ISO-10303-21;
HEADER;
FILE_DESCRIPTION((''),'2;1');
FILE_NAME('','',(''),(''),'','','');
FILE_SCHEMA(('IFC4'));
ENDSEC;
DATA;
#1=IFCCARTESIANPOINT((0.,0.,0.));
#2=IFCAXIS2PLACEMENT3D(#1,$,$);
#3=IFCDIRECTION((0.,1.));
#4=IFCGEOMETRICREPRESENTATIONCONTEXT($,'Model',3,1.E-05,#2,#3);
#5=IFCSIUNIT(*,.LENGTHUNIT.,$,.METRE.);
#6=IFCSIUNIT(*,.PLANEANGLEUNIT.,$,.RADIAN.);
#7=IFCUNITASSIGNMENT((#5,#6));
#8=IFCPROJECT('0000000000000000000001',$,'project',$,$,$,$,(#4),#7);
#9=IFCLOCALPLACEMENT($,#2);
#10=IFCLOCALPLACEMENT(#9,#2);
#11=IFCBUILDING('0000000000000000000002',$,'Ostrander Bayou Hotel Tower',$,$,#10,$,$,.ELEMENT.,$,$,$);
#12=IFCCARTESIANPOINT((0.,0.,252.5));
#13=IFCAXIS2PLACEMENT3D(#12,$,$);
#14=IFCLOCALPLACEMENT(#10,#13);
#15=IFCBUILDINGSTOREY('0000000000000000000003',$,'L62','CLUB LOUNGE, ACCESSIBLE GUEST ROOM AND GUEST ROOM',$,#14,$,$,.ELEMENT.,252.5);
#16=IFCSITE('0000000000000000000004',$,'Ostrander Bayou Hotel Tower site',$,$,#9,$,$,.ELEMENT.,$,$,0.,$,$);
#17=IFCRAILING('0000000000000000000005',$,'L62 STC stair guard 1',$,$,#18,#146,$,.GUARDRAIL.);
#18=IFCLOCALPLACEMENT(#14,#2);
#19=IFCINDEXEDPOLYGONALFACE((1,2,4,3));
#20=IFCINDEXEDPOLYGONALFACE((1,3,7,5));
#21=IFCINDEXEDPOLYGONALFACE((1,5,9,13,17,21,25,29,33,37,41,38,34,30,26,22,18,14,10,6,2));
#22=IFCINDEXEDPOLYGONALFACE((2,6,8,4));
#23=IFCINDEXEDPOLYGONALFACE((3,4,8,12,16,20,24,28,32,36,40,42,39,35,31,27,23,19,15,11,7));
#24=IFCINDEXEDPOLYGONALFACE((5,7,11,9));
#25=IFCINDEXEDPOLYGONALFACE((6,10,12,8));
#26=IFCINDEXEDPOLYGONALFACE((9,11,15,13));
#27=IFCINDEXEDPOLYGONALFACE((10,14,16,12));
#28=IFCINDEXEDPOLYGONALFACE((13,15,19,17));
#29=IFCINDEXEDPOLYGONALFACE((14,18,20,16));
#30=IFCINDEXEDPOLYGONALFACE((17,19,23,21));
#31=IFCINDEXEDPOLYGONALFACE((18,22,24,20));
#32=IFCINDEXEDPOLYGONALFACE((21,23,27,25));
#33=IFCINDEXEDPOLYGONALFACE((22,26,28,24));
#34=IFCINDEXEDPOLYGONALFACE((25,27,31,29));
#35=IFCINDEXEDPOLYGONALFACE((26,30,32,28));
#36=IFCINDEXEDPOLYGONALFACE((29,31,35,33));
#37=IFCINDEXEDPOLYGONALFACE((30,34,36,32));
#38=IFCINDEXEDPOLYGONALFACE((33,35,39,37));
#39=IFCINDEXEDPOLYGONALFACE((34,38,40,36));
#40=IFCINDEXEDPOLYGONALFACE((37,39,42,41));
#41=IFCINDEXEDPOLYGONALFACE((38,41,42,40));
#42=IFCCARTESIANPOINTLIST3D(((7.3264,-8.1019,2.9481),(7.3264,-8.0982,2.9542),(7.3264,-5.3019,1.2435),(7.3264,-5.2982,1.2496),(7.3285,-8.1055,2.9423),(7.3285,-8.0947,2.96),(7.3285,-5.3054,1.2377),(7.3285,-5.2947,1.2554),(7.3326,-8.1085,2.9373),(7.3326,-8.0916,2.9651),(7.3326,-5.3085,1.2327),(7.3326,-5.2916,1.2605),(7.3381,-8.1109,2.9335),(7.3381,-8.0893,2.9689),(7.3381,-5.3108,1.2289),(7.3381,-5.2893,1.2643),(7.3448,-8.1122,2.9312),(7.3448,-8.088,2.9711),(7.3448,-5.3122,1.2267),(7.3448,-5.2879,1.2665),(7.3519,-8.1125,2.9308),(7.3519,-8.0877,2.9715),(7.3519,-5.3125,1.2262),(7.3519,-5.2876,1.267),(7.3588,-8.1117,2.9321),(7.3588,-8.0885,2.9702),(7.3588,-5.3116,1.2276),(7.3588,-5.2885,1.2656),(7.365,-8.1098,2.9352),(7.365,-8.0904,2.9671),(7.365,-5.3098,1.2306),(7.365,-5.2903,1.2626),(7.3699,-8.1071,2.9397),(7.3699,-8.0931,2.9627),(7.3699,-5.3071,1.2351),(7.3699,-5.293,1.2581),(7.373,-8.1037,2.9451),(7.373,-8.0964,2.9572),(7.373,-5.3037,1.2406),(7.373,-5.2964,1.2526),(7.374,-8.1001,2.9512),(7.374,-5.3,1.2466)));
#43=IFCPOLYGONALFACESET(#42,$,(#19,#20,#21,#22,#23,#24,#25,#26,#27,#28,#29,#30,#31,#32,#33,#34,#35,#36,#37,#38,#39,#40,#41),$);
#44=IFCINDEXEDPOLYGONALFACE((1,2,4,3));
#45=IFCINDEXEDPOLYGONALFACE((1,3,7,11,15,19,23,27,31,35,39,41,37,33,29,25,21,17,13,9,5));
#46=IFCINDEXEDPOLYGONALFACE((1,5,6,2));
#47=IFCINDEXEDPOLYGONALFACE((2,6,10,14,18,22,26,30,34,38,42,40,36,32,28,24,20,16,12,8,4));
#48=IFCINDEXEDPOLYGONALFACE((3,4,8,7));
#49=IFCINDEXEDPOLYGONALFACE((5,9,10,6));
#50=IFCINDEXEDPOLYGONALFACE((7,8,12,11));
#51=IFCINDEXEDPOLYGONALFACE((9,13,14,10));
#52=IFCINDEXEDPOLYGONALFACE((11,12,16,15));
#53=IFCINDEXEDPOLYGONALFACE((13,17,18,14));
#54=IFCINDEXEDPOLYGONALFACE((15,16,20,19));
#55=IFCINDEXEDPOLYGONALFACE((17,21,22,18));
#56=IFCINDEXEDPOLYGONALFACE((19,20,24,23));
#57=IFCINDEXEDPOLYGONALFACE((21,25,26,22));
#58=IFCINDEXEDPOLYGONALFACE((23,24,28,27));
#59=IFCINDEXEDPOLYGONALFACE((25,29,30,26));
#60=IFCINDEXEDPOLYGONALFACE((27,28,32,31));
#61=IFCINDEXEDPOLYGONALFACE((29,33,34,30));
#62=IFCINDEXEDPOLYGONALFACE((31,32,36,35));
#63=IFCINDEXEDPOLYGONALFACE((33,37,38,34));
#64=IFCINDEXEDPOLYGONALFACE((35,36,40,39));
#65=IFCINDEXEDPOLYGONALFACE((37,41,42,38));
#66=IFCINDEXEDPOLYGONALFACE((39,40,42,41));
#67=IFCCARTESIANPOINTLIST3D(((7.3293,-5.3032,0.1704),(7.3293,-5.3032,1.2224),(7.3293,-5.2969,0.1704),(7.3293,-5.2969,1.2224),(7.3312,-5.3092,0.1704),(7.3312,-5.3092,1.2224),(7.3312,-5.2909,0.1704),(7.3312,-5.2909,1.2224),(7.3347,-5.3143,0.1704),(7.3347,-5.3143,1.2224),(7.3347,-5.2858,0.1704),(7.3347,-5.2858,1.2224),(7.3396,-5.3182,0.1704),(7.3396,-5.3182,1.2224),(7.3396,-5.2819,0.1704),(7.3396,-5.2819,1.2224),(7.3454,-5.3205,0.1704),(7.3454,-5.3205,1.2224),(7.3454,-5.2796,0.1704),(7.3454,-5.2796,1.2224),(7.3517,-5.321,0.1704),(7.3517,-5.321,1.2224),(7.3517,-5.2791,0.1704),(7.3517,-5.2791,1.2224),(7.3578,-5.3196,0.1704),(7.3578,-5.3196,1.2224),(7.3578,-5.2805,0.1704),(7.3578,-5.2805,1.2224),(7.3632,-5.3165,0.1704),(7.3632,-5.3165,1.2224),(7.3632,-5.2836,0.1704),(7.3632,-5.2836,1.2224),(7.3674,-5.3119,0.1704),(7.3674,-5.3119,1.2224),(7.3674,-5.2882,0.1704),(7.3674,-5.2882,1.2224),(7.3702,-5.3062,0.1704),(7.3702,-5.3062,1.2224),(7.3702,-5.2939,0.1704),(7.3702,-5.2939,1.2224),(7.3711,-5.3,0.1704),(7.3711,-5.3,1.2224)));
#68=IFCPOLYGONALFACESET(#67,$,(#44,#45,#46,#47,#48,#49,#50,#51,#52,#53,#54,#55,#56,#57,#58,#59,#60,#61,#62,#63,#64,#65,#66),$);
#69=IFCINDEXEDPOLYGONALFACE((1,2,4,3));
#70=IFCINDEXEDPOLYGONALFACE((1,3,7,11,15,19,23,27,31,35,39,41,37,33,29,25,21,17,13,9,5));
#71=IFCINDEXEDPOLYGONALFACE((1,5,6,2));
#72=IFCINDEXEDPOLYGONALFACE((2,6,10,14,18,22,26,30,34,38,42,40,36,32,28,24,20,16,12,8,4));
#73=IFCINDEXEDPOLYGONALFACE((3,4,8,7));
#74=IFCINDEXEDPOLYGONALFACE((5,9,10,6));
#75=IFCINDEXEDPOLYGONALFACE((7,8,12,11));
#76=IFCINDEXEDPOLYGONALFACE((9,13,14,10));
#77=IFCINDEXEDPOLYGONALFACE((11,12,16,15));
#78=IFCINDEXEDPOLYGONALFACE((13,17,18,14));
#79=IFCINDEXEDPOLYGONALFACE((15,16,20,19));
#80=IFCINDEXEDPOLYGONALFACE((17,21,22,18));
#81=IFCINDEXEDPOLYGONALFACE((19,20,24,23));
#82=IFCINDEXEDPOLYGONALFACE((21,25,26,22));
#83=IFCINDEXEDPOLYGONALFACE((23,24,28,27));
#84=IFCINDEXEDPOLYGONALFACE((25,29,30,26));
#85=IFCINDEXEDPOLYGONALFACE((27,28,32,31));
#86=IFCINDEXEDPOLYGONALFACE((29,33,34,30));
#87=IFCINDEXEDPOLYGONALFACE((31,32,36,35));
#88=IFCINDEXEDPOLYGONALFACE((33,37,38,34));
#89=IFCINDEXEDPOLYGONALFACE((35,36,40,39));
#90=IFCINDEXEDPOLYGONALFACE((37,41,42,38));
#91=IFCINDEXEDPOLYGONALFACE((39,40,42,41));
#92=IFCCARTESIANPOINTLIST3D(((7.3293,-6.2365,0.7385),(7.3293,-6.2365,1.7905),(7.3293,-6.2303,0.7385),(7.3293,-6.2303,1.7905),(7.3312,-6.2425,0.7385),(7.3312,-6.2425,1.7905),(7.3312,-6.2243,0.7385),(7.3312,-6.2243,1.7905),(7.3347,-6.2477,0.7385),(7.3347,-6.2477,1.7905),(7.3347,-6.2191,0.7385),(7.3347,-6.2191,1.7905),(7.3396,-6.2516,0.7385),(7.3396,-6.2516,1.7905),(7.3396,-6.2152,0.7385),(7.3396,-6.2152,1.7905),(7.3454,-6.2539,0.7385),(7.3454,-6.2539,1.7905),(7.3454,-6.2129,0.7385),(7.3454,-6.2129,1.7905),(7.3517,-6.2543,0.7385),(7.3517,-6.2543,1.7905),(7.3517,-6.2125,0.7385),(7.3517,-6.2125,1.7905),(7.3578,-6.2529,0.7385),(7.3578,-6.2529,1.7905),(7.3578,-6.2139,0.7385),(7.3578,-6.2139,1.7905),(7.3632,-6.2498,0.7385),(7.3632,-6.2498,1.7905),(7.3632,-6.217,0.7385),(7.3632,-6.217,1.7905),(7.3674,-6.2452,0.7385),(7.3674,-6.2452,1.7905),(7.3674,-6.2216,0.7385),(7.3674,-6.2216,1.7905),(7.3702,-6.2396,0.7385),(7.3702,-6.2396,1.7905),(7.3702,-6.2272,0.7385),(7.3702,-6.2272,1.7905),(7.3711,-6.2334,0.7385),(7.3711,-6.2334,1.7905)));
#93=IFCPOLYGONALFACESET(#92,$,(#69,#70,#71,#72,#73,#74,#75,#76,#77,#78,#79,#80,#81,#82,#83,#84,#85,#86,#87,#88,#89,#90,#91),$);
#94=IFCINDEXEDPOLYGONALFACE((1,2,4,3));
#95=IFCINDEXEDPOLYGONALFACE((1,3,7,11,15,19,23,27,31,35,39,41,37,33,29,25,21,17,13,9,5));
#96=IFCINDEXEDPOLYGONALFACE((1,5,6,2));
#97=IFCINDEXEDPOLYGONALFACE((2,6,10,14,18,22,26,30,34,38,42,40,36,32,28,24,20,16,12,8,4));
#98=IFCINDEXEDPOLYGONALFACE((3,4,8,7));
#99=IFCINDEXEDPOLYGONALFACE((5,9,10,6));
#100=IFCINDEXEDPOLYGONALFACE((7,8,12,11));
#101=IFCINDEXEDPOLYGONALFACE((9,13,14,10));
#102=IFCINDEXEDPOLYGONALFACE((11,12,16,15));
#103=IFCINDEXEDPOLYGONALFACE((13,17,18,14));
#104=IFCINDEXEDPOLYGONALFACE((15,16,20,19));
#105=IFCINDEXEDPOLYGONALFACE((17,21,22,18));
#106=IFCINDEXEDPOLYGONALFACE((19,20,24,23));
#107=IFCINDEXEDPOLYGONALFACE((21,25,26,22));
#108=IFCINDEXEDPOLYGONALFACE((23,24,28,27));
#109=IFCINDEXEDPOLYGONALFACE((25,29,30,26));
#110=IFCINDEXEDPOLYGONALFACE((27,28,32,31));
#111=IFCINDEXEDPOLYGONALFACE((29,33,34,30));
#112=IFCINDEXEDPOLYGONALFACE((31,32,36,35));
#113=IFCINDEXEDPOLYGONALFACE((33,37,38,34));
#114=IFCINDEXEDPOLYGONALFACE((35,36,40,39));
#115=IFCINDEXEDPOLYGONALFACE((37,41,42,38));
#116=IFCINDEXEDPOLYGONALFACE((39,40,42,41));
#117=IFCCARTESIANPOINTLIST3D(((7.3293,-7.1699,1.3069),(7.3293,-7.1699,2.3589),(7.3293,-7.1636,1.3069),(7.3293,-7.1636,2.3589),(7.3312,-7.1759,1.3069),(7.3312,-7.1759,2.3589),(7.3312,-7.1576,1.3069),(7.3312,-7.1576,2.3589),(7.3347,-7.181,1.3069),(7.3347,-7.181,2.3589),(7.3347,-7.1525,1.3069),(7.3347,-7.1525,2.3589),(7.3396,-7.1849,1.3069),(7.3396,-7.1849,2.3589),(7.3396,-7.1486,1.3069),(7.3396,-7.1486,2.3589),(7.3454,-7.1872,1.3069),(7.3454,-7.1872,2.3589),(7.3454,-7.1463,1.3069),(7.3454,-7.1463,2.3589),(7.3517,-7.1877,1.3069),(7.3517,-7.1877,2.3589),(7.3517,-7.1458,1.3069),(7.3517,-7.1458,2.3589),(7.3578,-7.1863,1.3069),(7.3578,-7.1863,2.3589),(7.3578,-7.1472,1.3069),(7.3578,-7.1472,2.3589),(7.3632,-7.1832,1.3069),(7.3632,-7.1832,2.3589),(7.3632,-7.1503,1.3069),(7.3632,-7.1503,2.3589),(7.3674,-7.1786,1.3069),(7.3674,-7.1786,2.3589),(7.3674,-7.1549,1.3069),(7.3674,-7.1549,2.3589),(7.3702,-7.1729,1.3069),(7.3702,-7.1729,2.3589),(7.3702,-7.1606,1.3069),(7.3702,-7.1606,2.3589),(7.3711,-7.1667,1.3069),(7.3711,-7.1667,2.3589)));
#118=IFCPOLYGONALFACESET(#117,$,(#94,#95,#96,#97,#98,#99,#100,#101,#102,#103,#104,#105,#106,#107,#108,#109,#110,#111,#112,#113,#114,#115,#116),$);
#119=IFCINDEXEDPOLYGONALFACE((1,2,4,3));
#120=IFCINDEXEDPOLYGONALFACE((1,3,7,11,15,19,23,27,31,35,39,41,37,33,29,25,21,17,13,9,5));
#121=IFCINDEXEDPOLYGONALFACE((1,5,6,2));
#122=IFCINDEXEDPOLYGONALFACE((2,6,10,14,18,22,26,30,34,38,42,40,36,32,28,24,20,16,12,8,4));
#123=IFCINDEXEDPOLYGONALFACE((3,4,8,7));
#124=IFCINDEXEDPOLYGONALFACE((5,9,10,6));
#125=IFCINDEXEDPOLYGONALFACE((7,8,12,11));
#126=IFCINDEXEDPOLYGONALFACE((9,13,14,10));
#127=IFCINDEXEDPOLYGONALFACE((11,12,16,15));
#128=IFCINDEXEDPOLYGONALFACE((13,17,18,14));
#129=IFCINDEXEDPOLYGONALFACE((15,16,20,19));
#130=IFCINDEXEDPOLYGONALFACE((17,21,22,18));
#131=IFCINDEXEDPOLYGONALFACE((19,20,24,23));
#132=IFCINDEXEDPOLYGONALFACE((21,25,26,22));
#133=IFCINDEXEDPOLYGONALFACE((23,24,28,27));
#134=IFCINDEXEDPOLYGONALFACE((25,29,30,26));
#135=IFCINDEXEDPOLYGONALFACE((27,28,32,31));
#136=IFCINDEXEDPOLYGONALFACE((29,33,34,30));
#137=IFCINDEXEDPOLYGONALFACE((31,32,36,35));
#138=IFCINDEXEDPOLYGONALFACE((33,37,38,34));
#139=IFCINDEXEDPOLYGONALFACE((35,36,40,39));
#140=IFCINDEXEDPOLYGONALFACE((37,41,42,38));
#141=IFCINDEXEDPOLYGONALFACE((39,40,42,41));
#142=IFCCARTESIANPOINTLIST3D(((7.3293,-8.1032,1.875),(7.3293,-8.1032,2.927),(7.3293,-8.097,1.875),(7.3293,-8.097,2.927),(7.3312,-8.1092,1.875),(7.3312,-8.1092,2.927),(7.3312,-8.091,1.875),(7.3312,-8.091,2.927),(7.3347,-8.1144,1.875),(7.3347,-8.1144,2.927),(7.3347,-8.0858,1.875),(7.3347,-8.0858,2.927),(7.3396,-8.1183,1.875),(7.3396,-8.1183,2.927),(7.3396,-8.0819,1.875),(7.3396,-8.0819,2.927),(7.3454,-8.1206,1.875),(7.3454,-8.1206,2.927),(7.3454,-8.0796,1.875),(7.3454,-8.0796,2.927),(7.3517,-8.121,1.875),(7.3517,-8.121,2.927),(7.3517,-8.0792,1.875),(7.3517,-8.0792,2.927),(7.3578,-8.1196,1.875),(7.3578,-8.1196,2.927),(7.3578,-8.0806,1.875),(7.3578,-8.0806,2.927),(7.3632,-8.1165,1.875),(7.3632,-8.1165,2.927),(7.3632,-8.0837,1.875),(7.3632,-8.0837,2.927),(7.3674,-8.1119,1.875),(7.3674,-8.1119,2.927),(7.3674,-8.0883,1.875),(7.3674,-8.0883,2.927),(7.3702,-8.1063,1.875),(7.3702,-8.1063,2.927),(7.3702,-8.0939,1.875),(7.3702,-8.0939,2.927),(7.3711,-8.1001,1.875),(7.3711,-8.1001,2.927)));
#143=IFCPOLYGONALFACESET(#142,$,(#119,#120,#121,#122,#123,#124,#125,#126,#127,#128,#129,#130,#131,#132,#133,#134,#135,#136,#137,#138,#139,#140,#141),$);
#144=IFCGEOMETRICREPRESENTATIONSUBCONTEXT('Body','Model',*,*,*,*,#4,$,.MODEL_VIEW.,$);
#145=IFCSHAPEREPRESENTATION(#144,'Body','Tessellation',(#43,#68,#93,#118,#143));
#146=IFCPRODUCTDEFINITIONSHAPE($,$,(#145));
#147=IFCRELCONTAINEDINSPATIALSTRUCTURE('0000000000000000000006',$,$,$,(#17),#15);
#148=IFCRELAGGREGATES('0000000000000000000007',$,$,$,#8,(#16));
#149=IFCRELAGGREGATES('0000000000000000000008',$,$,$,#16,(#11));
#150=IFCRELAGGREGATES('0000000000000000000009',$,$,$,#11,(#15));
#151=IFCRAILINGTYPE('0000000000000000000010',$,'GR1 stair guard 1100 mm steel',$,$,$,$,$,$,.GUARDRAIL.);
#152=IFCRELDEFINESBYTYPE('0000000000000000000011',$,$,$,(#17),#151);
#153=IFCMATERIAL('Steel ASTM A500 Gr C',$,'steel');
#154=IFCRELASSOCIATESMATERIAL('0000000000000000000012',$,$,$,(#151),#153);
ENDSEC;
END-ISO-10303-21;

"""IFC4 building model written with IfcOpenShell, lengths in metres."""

from ifc_helpers import new_model, si_unit, direction, frame, origin, origin_2d, place, context, subcontext, project, spatial, circle, extrude, material, type_object, element, save


model = new_model("IFC4")

# Units and contexts
model_context = context("Model", 3, precision=1e-05, world=origin(), true_north=direction((0.0, 1.0)))
body_context = subcontext(model_context, "Body", "Model", "MODEL_VIEW")
ifc_project = project(units=[si_unit("LENGTHUNIT", "METRE"), si_unit("PLANEANGLEUNIT", "RADIAN")], contexts=[model_context])

# Site, building, storey
site_placement = place(None, origin())
site = spatial("IfcSite", under=ifc_project, at=site_placement, Name="Ostrander Bayou Hotel Tower site", CompositionType="ELEMENT", RefElevation=0.0)
building_placement = place(site_placement, origin())
building = spatial("IfcBuilding", under=site, at=building_placement, Name="Ostrander Bayou Hotel Tower", CompositionType="ELEMENT")
storey_placement = place(building_placement, frame((0.0, 0.0, 252.5)))
storey = spatial("IfcBuildingStorey", under=building, at=storey_placement, Name="L62", Description="CLUB LOUNGE, ACCESSIBLE GUEST ROOM AND GUEST ROOM", CompositionType="ELEMENT", Elevation=252.5)

# Railing
ifc_material_1 = material(Name="Steel ASTM A500 Gr C", Category="steel")
railing_type_1 = type_object("IfcRailingType", Name="GR1 stair guard 1100 mm steel", PredefinedType="GUARDRAIL", material=ifc_material_1)
railing_1_placement = place(storey_placement, frame((7.3501, -5.3, 0.1704)))
element("IfcRailing", 1, at=railing_1_placement, inside=storey, type_object=railing_type_1, Name="L62 STC stair guard 1", PredefinedType="GUARDRAIL", context=body_context, shape_type="SweptSolid", body=[
    extrude(circle(Radius=0.0239, at=origin_2d()), frame((0.0, 0.0, 1.0762), z_axis=(0.0, -0.85417, 0.519994), x_axis=(1.0, 0.0, 0.0)), (0.0, 0.0, 1.0), 3.2781),
    extrude(circle(Radius=0.021, at=origin_2d()), origin(), (0.0, 0.0, 1.0), 1.052),
    extrude(circle(Radius=0.021, at=origin_2d()), frame((0.0, -0.9333, 0.5681)), (0.0, 0.0, 1.0), 1.052),
    extrude(circle(Radius=0.021, at=origin_2d()), frame((0.0, -1.8667, 1.1365)), (0.0, 0.0, 1.0), 1.052),
    extrude(circle(Radius=0.021, at=origin_2d()), frame((0.0, -2.8, 1.7046)), (0.0, 0.0, 1.0), 1.052),
])

save(model, "model.ifc")
